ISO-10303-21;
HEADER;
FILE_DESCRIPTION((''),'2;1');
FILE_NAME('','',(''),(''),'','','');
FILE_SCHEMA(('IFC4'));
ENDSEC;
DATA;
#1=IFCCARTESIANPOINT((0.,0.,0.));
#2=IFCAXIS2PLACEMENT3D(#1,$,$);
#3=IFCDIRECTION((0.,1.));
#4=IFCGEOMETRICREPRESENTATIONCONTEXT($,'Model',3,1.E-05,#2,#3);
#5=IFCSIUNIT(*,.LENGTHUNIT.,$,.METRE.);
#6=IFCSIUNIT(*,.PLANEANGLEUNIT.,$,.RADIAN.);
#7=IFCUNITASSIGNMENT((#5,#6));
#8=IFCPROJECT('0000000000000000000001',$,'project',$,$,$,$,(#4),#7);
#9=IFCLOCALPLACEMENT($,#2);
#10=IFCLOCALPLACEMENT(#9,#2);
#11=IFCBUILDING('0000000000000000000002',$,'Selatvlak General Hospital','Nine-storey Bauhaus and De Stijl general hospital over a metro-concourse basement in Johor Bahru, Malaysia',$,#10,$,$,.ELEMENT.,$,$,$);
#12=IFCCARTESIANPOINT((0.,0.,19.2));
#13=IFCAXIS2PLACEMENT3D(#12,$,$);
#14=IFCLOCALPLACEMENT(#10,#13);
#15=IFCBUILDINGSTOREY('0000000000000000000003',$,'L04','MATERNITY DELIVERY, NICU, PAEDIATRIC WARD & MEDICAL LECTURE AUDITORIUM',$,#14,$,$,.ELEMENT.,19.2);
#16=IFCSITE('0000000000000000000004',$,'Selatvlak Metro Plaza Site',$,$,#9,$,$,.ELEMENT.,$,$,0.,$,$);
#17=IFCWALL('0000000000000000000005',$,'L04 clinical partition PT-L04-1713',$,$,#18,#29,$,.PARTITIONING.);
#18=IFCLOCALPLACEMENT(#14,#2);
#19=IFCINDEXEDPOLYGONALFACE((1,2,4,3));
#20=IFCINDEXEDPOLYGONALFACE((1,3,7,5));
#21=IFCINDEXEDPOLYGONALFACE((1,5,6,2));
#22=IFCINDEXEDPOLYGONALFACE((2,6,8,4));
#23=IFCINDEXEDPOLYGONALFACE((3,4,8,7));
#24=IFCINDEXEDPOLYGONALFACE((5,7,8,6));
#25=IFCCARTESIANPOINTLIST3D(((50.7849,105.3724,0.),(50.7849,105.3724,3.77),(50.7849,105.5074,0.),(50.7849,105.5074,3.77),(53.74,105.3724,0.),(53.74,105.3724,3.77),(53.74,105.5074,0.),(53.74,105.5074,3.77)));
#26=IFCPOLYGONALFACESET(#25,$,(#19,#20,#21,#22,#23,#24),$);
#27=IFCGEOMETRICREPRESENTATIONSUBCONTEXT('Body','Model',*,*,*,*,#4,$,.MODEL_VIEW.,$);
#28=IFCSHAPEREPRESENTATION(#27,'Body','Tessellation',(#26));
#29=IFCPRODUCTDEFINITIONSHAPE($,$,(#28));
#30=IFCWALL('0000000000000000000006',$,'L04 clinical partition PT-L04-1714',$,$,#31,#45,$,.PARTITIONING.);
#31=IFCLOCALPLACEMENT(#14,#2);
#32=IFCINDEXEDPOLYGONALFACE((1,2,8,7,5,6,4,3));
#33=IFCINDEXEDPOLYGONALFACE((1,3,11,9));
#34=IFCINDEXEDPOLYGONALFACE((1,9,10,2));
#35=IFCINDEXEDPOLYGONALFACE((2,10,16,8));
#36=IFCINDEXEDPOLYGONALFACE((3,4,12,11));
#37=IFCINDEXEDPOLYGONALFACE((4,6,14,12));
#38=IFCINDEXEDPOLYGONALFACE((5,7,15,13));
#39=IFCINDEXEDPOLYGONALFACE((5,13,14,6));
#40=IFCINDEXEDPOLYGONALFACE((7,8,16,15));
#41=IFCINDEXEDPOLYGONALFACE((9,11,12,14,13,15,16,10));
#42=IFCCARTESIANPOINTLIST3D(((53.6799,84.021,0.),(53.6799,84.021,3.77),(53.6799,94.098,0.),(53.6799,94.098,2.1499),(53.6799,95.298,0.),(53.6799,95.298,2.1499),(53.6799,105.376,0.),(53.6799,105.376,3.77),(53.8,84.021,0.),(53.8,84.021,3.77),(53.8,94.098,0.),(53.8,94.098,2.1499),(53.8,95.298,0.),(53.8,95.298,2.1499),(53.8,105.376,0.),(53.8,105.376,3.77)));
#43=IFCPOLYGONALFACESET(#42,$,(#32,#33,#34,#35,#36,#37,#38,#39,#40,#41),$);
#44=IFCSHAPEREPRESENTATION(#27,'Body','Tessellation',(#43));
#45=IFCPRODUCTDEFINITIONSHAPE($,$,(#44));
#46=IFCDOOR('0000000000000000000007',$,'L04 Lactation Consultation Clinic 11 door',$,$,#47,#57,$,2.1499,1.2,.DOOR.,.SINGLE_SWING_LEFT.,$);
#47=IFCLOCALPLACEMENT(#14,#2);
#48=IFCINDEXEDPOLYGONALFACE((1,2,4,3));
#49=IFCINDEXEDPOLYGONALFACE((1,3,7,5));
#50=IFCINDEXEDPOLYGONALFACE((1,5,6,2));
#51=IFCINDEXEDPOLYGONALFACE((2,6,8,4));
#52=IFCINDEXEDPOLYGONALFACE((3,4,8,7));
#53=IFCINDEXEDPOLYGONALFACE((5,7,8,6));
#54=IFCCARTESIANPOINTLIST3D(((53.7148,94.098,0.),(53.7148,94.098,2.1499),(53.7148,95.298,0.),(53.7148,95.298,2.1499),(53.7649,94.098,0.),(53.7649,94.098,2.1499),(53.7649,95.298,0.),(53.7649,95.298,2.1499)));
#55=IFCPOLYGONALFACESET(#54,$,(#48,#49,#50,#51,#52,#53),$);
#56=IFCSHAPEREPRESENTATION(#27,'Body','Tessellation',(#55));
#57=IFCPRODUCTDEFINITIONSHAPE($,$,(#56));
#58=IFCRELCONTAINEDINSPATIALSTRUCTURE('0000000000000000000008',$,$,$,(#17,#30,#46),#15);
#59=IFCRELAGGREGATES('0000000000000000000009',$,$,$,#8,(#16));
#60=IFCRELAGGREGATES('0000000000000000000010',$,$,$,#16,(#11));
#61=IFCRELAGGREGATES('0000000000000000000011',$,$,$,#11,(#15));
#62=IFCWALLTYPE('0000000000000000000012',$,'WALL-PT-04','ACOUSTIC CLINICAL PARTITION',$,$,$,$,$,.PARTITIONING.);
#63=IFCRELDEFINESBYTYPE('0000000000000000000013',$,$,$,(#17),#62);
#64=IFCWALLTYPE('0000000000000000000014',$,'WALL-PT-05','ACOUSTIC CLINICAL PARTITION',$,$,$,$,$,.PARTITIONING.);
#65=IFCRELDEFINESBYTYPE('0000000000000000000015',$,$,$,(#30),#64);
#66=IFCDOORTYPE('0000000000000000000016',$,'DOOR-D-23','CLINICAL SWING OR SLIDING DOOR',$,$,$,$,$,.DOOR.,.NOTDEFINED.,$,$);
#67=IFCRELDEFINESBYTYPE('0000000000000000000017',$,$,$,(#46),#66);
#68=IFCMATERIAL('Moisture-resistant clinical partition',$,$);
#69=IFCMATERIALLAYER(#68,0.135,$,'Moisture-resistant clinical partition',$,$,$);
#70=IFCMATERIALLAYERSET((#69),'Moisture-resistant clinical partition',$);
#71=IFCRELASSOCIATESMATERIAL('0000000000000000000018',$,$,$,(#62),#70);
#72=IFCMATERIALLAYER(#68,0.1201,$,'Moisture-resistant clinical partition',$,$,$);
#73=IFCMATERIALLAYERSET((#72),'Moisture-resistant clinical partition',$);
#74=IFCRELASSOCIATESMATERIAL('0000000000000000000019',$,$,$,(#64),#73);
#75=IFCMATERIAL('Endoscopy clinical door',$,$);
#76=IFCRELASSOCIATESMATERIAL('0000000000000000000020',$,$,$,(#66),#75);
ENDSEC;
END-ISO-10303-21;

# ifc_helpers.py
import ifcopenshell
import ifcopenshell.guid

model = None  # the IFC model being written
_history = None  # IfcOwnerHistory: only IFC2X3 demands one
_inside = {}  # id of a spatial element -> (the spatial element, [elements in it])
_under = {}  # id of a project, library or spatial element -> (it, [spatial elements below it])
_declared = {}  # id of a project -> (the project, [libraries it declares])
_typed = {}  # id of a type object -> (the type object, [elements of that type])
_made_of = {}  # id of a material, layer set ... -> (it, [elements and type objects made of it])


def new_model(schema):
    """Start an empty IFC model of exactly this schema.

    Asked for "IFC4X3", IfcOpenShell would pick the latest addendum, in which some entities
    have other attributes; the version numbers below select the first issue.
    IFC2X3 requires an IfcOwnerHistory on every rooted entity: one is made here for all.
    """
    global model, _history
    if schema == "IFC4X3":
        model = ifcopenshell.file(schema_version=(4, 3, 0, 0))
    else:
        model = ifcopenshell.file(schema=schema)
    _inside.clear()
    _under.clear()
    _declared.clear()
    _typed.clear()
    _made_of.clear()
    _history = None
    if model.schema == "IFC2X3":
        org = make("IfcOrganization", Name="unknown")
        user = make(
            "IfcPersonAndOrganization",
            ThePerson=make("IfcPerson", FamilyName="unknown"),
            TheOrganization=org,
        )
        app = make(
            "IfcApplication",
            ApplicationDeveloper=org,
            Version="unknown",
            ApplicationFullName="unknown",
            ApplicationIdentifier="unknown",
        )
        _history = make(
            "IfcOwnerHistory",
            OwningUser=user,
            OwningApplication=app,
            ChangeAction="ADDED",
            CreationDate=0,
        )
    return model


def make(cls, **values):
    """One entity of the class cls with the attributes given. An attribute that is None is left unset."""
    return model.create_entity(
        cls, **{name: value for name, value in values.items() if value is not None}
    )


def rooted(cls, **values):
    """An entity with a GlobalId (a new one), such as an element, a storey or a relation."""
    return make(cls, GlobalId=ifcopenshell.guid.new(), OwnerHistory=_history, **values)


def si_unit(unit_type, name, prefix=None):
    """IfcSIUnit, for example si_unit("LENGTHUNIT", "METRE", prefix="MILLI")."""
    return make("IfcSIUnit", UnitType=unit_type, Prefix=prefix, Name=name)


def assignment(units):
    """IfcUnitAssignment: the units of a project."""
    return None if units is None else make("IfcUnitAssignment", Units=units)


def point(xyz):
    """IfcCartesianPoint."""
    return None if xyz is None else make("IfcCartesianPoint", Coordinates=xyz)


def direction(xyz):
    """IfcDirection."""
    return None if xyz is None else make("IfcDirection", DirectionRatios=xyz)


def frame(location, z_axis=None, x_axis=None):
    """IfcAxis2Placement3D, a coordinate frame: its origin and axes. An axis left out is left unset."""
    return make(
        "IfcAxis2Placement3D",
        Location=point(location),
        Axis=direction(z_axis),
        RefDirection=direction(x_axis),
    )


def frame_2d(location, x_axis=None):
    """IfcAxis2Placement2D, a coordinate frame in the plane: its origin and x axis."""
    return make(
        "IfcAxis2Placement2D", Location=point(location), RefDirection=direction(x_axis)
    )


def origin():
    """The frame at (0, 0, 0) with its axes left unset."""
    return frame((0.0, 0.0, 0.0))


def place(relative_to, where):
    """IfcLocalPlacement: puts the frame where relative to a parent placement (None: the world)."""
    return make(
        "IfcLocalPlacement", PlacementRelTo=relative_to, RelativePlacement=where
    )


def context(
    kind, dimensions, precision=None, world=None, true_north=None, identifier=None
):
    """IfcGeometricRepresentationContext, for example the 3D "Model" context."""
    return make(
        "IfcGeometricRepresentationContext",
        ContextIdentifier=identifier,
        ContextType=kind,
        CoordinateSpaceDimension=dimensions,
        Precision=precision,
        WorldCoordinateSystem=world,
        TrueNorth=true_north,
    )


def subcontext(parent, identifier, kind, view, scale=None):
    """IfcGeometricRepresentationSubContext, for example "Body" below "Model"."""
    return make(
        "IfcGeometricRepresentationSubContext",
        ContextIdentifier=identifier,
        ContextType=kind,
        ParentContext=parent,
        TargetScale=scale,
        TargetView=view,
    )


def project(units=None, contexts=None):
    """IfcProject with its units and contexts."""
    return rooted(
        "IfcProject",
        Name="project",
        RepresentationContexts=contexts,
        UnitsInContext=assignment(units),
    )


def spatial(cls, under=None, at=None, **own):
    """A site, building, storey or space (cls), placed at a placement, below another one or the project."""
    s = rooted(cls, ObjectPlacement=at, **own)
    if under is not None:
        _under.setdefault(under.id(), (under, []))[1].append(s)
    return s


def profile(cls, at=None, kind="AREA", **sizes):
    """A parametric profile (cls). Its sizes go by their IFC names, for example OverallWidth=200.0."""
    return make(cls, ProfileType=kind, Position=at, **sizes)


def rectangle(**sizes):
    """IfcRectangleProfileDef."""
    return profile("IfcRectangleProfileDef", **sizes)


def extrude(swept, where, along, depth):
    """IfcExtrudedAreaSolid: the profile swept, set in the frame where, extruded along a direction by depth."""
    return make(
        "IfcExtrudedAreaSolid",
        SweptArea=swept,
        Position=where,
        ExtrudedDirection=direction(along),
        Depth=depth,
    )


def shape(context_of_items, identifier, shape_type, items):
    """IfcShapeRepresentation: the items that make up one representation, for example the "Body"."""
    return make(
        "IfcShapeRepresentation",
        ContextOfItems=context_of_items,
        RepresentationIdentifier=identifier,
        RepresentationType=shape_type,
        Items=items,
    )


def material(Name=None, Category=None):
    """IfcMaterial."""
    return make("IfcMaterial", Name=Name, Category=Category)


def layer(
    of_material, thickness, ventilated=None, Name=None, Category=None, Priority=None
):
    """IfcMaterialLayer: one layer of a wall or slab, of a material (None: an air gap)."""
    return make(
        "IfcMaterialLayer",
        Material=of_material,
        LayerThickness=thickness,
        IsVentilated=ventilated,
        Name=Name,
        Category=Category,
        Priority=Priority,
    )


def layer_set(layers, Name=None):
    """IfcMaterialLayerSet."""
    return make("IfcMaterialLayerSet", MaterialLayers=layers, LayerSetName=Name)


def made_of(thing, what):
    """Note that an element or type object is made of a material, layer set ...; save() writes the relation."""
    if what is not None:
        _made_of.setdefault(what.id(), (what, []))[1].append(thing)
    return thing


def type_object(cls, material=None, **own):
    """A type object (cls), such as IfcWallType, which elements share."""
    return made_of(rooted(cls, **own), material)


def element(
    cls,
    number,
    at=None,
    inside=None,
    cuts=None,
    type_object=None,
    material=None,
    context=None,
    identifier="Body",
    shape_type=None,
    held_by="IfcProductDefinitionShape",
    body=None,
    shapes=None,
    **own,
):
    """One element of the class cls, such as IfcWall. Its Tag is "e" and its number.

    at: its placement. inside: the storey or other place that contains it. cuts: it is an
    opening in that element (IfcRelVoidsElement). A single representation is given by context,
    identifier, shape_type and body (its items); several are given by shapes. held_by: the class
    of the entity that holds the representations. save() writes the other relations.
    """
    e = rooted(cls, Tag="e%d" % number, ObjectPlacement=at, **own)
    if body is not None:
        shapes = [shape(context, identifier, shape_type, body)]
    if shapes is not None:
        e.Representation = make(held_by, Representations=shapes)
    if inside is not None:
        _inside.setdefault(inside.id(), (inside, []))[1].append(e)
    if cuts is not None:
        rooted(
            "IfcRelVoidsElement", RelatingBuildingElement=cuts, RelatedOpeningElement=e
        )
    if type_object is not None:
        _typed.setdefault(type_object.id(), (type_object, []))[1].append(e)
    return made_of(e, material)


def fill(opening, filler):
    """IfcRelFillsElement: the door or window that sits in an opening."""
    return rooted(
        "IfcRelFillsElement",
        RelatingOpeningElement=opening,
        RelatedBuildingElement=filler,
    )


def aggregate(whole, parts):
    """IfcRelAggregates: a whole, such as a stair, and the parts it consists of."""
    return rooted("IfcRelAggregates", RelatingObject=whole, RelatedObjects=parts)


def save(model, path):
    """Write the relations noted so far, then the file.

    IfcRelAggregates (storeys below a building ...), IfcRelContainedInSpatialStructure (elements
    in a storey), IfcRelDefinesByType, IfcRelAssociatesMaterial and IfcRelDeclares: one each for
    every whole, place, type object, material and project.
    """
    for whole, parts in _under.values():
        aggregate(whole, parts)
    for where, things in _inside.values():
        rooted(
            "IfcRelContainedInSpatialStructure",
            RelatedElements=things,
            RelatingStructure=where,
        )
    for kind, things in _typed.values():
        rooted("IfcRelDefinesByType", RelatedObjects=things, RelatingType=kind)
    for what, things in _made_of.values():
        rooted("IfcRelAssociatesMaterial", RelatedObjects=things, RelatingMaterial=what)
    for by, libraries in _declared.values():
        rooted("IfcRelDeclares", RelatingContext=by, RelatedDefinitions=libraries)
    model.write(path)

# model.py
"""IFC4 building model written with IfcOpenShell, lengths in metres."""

from ifc_helpers import new_model, si_unit, direction, frame, frame_2d, origin, place, context, subcontext, project, spatial, rectangle, extrude, material, layer, layer_set, type_object, element, fill, save


model = new_model("IFC4")

# Units and contexts
model_context = context("Model", 3, precision=1e-05, world=origin(), true_north=direction((0.0, 1.0)))
body_context = subcontext(model_context, "Body", "Model", "MODEL_VIEW")
ifc_project = project(units=[si_unit("LENGTHUNIT", "METRE"), si_unit("PLANEANGLEUNIT", "RADIAN")], contexts=[model_context])

# Site, building, storey
site_placement = place(None, origin())
site = spatial("IfcSite", under=ifc_project, at=site_placement, Name="Selatvlak Metro Plaza Site", CompositionType="ELEMENT", RefElevation=0.0)
building_placement = place(site_placement, origin())
building = spatial("IfcBuilding", under=site, at=building_placement, Name="Selatvlak General Hospital", Description="Nine-storey Bauhaus and De Stijl general hospital over a metro-concourse basement in Johor Bahru, Malaysia", CompositionType="ELEMENT")
storey_placement = place(building_placement, frame((0.0, 0.0, 19.2)))
storey = spatial("IfcBuildingStorey", under=building, at=storey_placement, Name="L04", Description="MATERNITY DELIVERY, NICU, PAEDIATRIC WARD & MEDICAL LECTURE AUDITORIUM", CompositionType="ELEMENT", Elevation=19.2)

# Wall
ifc_material_1 = material(Name="Moisture-resistant clinical partition")
ifc_layer_1 = layer(ifc_material_1, 0.135, Name="Moisture-resistant clinical partition")
ifc_layer_set_1 = layer_set([ifc_layer_1], Name="Moisture-resistant clinical partition")
wall_type_1 = type_object("IfcWallType", Name="WALL-PT-04", Description="ACOUSTIC CLINICAL PARTITION", PredefinedType="PARTITIONING", material=ifc_layer_set_1)
wall_1_placement = place(storey_placement, frame((50.7849, 105.4399, 0.0), z_axis=(0.0, 0.0, 1.0), x_axis=(1.0, 0.0, 0.0)))
element("IfcWall", 1, at=wall_1_placement, inside=storey, type_object=wall_type_1, Name="L04 clinical partition PT-L04-1713", PredefinedType="PARTITIONING", context=body_context, shape_type="SweptSolid", body=[
    extrude(rectangle(XDim=2.9551, YDim=0.135, at=frame_2d((1.4775, 0.0))), origin(), (0.0, 0.0, 1.0), 3.77),
])

# Wall, opening, door
ifc_layer_2 = layer(ifc_material_1, 0.1201, Name="Moisture-resistant clinical partition")
ifc_layer_set_2 = layer_set([ifc_layer_2], Name="Moisture-resistant clinical partition")
wall_type_2 = type_object("IfcWallType", Name="WALL-PT-05", Description="ACOUSTIC CLINICAL PARTITION", PredefinedType="PARTITIONING", material=ifc_layer_set_2)
wall_2_placement = place(storey_placement, frame((53.74, 105.376, 0.0), z_axis=(0.0, 0.0, 1.0), x_axis=(0.0, -1.0, 0.0)))
wall_2 = element("IfcWall", 2, at=wall_2_placement, inside=storey, type_object=wall_type_2, Name="L04 clinical partition PT-L04-1714", PredefinedType="PARTITIONING", context=body_context, shape_type="SweptSolid", body=[
    extrude(rectangle(XDim=21.355, YDim=0.1201, at=frame_2d((10.6775, 0.0))), origin(), (0.0, 0.0, 1.0), 3.77),
])
opening_1_placement = place(wall_2_placement, frame((10.0779, 0.0, 0.0)))
opening_1 = element("IfcOpeningElement", 3, at=opening_1_placement, cuts=wall_2, PredefinedType="OPENING", context=body_context, shape_type="SweptSolid", body=[
    extrude(rectangle(XDim=1.2, YDim=2.1499, at=frame_2d((0.6001, 1.075))), frame((0.0, 0.0701, 0.0), z_axis=(0.0, -1.0, 0.0), x_axis=(1.0, 0.0, 0.0)), (0.0, 0.0, 1.0), 0.1401),
])
ifc_material_2 = material(Name="Endoscopy clinical door")
door_type_1 = type_object("IfcDoorType", Name="DOOR-D-23", Description="CLINICAL SWING OR SLIDING DOOR", OperationType="NOTDEFINED", PredefinedType="DOOR", material=ifc_material_2)
door_1_placement = place(opening_1_placement, origin())
door_1 = element("IfcDoor", 4, at=door_1_placement, inside=storey, type_object=door_type_1, Name="L04 Lactation Consultation Clinic 11 door", OperationType="SINGLE_SWING_LEFT", OverallHeight=2.1499, OverallWidth=1.2, PredefinedType="DOOR", context=body_context, shape_type="SweptSolid", body=[
    extrude(rectangle(XDim=1.2, YDim=2.1499, at=frame_2d((0.6001, 1.075))), frame((0.0, 0.0249, 0.0), z_axis=(0.0, -1.0, 0.0), x_axis=(1.0, 0.0, 0.0)), (0.0, 0.0, 1.0), 0.05),
])
fill(opening_1, door_1)

save(model, "model.ifc")
